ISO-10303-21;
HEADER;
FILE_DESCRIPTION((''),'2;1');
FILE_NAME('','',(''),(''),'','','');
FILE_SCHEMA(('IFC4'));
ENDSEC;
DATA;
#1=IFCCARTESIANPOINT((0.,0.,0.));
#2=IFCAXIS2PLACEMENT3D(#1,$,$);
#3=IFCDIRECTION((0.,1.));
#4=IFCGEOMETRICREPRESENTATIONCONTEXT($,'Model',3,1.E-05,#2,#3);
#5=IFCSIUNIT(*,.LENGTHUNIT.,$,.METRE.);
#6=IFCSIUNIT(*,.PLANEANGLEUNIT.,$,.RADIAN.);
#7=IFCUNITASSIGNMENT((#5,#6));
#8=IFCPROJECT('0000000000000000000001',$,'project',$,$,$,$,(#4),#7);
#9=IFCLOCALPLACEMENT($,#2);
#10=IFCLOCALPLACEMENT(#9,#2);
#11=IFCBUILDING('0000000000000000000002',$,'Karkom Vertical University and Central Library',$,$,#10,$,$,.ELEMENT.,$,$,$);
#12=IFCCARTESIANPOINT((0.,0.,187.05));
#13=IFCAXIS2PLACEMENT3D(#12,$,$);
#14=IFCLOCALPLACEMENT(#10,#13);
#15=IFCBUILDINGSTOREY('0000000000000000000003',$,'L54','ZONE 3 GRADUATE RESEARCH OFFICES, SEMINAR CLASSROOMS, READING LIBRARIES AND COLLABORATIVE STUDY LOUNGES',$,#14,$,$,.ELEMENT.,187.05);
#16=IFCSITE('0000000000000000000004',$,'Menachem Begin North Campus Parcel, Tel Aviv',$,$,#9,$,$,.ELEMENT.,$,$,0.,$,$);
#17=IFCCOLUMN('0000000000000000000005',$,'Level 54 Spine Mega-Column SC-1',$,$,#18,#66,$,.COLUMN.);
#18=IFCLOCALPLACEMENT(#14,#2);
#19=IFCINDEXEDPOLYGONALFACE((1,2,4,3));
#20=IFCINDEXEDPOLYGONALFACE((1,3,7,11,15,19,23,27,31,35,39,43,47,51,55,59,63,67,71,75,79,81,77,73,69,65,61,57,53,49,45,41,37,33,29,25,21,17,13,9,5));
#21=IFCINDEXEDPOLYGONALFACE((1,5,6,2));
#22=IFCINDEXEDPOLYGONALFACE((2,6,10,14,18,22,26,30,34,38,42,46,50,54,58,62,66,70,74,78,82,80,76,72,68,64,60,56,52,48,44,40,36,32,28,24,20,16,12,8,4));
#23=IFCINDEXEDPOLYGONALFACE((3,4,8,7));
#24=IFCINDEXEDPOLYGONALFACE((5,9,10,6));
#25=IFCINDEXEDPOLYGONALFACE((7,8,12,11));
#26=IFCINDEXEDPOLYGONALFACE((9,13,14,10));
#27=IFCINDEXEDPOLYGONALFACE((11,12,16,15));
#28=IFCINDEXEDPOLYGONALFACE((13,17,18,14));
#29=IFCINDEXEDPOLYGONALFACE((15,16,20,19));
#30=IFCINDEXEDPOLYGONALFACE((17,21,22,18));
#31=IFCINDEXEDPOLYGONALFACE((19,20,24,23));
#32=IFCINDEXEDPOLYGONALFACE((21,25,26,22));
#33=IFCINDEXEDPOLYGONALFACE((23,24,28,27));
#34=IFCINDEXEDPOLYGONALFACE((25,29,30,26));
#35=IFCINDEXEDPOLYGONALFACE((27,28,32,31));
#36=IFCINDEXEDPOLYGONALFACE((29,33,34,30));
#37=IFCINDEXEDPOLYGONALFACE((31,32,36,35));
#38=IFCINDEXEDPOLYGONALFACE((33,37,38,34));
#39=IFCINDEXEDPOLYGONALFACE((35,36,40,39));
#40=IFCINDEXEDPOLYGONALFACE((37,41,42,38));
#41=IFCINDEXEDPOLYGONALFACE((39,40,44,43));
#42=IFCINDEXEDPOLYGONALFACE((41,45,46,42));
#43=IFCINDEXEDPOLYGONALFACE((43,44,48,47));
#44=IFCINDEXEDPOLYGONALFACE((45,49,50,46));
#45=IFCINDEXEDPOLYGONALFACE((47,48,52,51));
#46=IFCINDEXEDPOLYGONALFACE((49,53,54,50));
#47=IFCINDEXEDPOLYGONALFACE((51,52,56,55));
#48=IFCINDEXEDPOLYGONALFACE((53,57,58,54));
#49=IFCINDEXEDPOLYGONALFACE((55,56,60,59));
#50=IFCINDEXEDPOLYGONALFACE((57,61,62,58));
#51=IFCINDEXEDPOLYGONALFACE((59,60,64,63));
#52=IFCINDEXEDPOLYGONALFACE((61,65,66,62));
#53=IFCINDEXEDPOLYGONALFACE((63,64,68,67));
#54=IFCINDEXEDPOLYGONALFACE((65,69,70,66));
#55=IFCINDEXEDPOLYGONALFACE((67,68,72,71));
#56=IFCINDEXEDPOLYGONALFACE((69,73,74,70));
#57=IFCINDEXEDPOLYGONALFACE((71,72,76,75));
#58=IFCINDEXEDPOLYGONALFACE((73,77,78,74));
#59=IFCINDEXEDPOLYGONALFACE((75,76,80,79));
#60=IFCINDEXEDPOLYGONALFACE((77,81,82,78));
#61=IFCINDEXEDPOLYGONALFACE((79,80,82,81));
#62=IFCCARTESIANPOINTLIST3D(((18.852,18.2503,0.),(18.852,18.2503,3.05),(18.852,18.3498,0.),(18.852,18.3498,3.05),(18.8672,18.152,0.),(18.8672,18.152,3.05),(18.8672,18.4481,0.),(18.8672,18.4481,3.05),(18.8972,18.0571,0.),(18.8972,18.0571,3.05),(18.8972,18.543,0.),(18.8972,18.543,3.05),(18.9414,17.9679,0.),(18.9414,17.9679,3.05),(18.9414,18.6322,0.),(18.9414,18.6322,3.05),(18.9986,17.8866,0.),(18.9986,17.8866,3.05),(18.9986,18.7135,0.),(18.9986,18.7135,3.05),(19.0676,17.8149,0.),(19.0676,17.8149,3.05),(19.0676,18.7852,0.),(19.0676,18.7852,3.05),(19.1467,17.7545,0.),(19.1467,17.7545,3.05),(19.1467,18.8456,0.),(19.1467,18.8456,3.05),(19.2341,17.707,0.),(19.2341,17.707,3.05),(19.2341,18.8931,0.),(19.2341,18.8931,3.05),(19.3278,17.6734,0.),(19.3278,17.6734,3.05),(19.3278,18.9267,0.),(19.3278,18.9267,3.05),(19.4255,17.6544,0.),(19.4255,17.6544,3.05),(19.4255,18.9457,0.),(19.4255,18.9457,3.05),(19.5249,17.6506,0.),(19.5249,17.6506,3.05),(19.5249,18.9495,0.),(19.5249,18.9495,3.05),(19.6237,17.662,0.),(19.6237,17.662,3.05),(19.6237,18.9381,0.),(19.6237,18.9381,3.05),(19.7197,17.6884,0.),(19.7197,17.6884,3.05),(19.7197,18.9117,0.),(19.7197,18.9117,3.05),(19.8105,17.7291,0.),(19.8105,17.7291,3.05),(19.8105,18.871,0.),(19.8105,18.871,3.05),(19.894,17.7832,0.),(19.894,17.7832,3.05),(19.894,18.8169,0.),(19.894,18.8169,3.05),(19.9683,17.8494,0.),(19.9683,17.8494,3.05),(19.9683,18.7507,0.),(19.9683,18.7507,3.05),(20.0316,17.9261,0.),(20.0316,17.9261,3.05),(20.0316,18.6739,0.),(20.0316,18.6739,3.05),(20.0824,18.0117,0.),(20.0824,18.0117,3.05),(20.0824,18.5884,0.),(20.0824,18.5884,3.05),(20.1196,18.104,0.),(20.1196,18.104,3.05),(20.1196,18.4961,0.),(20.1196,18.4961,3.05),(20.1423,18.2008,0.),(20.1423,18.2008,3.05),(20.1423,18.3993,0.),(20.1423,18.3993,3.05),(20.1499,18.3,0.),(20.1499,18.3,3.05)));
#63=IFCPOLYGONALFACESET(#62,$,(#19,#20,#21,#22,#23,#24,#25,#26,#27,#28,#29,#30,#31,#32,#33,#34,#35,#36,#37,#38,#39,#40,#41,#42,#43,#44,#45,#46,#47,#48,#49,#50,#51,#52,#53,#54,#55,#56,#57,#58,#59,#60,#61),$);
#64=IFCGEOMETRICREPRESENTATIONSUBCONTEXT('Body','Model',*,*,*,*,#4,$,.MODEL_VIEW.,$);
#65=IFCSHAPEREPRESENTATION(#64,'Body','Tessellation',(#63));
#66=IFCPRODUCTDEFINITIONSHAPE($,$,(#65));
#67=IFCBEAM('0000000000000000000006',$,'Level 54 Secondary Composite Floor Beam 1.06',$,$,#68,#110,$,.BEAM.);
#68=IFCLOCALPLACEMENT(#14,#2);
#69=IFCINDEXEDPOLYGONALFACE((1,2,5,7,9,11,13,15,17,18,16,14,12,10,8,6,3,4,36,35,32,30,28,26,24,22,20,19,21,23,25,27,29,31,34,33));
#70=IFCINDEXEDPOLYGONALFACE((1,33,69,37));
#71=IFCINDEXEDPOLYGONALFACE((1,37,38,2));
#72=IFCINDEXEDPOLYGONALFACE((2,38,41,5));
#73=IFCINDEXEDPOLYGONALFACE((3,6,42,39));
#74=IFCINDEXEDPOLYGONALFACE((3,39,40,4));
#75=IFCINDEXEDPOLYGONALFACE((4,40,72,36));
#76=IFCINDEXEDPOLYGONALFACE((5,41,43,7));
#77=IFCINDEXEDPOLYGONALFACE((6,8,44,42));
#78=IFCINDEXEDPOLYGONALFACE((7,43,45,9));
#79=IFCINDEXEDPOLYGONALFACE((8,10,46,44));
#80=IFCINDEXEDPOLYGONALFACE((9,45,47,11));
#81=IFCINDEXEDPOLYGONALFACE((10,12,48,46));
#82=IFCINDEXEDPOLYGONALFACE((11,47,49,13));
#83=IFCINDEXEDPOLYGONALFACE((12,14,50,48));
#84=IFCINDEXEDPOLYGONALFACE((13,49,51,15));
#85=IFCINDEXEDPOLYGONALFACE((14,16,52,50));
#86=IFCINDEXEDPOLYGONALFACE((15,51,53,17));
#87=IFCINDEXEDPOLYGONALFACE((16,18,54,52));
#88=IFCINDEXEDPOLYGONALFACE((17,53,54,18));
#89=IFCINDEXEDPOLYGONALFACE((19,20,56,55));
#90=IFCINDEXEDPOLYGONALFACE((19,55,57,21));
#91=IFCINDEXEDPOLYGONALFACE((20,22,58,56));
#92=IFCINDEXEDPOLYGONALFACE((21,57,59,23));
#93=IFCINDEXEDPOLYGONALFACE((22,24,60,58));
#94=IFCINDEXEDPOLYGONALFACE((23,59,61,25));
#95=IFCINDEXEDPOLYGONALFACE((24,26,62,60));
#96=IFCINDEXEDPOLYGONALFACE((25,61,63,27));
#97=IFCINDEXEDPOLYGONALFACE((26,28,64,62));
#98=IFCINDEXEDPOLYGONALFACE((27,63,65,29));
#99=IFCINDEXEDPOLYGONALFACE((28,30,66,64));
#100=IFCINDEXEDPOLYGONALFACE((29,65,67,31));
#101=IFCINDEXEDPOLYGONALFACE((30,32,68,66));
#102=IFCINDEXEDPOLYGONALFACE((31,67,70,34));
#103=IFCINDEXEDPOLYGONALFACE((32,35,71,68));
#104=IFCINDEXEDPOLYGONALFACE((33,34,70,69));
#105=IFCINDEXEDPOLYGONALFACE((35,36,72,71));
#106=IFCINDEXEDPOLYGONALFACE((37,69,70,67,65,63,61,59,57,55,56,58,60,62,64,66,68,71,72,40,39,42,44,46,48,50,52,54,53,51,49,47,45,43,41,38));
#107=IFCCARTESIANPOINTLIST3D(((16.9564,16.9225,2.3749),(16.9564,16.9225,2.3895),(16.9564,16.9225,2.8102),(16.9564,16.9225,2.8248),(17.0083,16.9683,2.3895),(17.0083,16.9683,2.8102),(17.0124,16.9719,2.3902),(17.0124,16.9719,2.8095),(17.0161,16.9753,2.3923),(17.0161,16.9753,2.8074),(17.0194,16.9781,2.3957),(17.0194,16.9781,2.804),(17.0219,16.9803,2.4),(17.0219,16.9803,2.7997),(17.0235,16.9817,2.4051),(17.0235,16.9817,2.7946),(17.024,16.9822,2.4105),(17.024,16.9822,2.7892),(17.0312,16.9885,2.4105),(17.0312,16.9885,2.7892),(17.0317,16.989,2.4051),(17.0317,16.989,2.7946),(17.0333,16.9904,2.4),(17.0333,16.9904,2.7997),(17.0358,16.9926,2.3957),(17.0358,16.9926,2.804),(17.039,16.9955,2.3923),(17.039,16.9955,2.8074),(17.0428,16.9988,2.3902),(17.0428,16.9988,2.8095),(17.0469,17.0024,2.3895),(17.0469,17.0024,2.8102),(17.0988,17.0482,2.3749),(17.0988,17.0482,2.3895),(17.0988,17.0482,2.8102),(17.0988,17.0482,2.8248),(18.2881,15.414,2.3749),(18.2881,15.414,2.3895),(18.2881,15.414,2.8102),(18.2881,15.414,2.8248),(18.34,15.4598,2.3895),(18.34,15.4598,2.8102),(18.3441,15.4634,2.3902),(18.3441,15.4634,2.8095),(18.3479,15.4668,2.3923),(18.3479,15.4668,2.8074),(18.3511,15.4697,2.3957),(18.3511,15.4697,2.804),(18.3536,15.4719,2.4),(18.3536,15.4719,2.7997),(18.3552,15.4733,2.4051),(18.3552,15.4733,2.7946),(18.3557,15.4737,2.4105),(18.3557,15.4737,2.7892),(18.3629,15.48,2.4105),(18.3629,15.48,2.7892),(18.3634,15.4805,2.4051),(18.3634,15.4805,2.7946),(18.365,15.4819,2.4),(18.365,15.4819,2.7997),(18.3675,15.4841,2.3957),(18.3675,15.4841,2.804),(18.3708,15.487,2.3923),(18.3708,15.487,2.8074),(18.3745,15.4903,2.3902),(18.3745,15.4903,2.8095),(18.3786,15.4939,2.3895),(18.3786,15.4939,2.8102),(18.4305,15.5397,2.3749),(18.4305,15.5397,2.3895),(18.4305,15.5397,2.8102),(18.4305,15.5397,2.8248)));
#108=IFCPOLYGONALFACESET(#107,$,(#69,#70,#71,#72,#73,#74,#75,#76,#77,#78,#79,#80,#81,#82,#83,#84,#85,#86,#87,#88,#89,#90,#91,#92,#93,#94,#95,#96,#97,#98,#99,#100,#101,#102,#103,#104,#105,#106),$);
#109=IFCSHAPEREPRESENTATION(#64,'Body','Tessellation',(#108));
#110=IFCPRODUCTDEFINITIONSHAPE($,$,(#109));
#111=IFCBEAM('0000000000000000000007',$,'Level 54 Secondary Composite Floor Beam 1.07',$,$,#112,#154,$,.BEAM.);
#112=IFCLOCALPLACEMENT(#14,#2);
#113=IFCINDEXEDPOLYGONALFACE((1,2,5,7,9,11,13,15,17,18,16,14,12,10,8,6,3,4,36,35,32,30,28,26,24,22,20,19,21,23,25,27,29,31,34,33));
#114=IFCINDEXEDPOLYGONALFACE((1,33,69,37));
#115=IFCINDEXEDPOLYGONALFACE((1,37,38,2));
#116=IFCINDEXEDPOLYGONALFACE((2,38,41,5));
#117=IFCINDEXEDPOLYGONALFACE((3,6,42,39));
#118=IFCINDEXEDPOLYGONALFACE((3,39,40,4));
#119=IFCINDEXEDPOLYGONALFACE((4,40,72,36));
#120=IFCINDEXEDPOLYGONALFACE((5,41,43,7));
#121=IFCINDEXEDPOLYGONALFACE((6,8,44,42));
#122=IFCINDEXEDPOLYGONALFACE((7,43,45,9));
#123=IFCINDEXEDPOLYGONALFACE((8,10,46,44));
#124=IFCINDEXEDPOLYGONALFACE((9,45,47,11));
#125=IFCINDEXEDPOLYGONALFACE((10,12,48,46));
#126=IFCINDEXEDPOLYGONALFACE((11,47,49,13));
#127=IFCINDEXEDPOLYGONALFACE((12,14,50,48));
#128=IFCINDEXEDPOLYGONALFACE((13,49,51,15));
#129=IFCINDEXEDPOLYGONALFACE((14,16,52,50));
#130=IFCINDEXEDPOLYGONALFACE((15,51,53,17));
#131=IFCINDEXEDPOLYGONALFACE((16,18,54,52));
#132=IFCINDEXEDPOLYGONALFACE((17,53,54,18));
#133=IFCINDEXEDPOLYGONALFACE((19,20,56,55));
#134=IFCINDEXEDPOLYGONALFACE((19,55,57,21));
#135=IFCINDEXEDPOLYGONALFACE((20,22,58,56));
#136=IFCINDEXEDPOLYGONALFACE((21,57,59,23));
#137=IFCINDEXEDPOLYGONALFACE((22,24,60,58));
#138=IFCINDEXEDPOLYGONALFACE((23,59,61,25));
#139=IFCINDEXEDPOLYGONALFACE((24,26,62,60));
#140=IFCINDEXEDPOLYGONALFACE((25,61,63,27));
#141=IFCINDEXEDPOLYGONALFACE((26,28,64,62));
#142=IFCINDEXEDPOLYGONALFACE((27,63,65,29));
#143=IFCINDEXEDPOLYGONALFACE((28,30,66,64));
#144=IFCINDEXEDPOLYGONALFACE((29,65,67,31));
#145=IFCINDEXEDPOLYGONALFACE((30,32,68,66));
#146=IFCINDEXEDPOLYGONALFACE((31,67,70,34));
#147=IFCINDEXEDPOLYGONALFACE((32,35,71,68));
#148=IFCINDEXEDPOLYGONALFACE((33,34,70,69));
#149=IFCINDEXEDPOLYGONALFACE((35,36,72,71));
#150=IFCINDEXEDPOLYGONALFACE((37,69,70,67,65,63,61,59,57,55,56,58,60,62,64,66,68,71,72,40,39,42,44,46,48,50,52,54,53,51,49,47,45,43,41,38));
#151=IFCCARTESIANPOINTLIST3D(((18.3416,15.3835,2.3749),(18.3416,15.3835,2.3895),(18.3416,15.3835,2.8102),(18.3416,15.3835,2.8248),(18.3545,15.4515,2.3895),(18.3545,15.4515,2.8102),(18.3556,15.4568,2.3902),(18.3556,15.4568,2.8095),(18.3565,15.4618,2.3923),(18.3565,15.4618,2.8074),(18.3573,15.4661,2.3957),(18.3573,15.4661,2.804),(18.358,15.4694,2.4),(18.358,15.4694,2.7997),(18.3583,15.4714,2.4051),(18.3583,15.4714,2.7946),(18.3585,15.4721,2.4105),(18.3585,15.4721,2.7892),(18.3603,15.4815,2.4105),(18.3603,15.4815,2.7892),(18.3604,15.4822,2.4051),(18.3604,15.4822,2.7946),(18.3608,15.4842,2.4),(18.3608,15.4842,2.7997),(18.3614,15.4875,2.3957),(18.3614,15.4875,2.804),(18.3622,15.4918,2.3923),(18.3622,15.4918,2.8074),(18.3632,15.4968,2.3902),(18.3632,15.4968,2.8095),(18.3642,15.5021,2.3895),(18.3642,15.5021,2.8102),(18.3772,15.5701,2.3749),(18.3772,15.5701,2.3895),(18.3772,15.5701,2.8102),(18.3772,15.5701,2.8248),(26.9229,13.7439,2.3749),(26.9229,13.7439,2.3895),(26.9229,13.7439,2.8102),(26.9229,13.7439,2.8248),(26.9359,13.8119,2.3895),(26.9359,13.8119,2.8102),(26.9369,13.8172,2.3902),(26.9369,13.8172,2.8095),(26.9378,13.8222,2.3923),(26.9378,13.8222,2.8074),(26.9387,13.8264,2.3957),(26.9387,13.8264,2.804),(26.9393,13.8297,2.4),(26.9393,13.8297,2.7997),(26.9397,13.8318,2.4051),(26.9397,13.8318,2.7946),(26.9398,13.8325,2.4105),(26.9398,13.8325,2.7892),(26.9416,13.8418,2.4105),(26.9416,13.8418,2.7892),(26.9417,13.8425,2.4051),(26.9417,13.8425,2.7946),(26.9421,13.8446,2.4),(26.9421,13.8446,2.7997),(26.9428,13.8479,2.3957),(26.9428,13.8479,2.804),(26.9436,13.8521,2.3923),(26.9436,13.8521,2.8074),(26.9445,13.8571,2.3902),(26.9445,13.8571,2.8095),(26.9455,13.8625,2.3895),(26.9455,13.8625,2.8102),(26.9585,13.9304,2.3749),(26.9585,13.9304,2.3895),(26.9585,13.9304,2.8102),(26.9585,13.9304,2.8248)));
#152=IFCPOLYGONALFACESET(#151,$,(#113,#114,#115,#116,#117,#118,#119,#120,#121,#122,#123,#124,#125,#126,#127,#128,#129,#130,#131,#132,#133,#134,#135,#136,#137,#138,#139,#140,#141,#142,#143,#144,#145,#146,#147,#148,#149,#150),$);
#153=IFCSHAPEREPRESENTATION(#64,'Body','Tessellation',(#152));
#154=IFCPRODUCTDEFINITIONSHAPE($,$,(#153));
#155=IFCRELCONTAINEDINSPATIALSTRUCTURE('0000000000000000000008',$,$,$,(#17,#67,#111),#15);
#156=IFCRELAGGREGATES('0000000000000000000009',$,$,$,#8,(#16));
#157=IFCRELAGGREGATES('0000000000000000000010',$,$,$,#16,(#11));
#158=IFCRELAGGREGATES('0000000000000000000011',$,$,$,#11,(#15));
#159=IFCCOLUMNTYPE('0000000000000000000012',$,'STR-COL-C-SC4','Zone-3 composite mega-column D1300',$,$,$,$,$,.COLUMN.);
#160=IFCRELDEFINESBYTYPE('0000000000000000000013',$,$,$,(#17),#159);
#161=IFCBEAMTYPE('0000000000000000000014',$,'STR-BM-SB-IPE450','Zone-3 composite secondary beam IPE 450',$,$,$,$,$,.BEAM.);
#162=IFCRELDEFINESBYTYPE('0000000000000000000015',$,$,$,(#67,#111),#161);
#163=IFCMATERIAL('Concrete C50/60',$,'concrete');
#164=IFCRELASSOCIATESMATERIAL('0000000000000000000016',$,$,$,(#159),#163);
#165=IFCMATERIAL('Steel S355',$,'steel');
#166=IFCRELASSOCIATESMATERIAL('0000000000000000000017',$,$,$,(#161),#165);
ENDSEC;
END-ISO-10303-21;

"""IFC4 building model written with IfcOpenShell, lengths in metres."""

from ifc_helpers import new_model, si_unit, direction, frame, origin, origin_with_axes, origin_2d, place, context, subcontext, project, spatial, circle, i_section, extrude, source, transform, mapped, material, material_profile, profile_set, type_object, element, save


model = new_model("IFC4")

# Units and contexts
model_context = context("Model", 3, precision=1e-05, world=origin(), true_north=direction((0.0, 1.0)))
body_context = subcontext(model_context, "Body", "Model", "MODEL_VIEW")
ifc_project = project(units=[si_unit("LENGTHUNIT", "METRE"), si_unit("PLANEANGLEUNIT", "RADIAN")], contexts=[model_context])

# Site, building, storey
site_placement = place(None, origin())
site = spatial("IfcSite", under=ifc_project, at=site_placement, Name="Menachem Begin North Campus Parcel, Tel Aviv", CompositionType="ELEMENT", RefElevation=0.0)
building_placement = place(site_placement, origin())
building = spatial("IfcBuilding", under=site, at=building_placement, Name="Karkom Vertical University and Central Library", CompositionType="ELEMENT")
storey_placement = place(building_placement, frame((0.0, 0.0, 187.05)))
storey = spatial("IfcBuildingStorey", under=building, at=storey_placement, Name="L54", Description="ZONE 3 GRADUATE RESEARCH OFFICES, SEMINAR CLASSROOMS, READING LIBRARIES AND COLLABORATIVE STUDY LOUNGES", CompositionType="ELEMENT", Elevation=187.05)

# Column
ifc_material_1 = material(Name="Concrete C50/60", Category="concrete")
ifc_material_profile_1 = material_profile(ifc_material_1, circle(Radius=0.6499, at=origin_2d()), Name="CFT-D1300")
ifc_profile_set_1 = profile_set([ifc_material_profile_1], Name="Concrete C50/60")
column_type = type_object("IfcColumnType", Name="STR-COL-C-SC4", Description="Zone-3 composite mega-column D1300", PredefinedType="COLUMN", material=ifc_profile_set_1)
shared_shape_1 = source(origin_with_axes(), body_context, "Body", "SweptSolid", [
    extrude(circle(Radius=0.6499, at=origin_2d()), origin(), (0.0, 0.0, 1.0), 3.05),
])
column_placement = place(storey_placement, frame((19.5, 18.3, 0.0), z_axis=(0.0, 0.0, 1.0), x_axis=(1.0, 0.0, 0.0)))
element("IfcColumn", 1, at=column_placement, inside=storey, type_object=column_type, Name="Level 54 Spine Mega-Column SC-1", PredefinedType="COLUMN", context=body_context, shape_type="MappedRepresentation", body=[
    mapped(shared_shape_1, transform((0.0, 0.0, 0.0), scale=1.0)),
])

# Beams
ifc_material_2 = material(Name="Steel S355", Category="steel")
ifc_material_profile_2 = material_profile(ifc_material_2, i_section(OverallWidth=0.1899, OverallDepth=0.45, WebThickness=0.0095, FlangeThickness=0.0146, FilletRadius=0.021, at=origin_2d()), Name="IPE 450")
ifc_profile_set_2 = profile_set([ifc_material_profile_2], Name="Steel S355")
beam_type_1 = type_object("IfcBeamType", Name="STR-BM-SB-IPE450", Description="Zone-3 composite secondary beam IPE 450", PredefinedType="BEAM", material=ifc_profile_set_2)
shared_shape_2 = source(origin_with_axes(), body_context, "Body", "SweptSolid", [
    extrude(i_section(OverallWidth=0.1899, OverallDepth=0.45, WebThickness=0.0095, FlangeThickness=0.0146, FilletRadius=0.021, at=origin_2d()), origin(), (0.0, 0.0, 1.0), 2.0122),
])
beam_1_placement = place(storey_placement, frame((17.0276, 16.9854, 2.5999), z_axis=(0.661822, -0.749661, 0.0), x_axis=(0.749661, 0.661822, 0.0)))
element("IfcBeam", 2, at=beam_1_placement, inside=storey, type_object=beam_type_1, Name="Level 54 Secondary Composite Floor Beam 1.06", PredefinedType="BEAM", context=body_context, shape_type="MappedRepresentation", body=[
    mapped(shared_shape_2, transform((0.0, 0.0, 0.0), scale=1.0)),
])
shared_shape_3 = source(origin_with_axes(), body_context, "Body", "SweptSolid", [
    extrude(i_section(OverallWidth=0.1899, OverallDepth=0.45, WebThickness=0.0095, FlangeThickness=0.0146, FilletRadius=0.021, at=origin_2d()), origin(), (0.0, 0.0, 1.0), 8.7366),
])
beam_2_placement = place(storey_placement, frame((18.3594, 15.4768, 2.5999), z_axis=(0.982231, -0.187677, 0.0), x_axis=(0.187677, 0.982231, 0.0)))
element("IfcBeam", 3, at=beam_2_placement, inside=storey, type_object=beam_type_1, Name="Level 54 Secondary Composite Floor Beam 1.07", PredefinedType="BEAM", context=body_context, shape_type="MappedRepresentation", body=[
    mapped(shared_shape_3, transform((0.0, 0.0, 0.0), scale=1.0)),
])

save(model, "model.ifc")
